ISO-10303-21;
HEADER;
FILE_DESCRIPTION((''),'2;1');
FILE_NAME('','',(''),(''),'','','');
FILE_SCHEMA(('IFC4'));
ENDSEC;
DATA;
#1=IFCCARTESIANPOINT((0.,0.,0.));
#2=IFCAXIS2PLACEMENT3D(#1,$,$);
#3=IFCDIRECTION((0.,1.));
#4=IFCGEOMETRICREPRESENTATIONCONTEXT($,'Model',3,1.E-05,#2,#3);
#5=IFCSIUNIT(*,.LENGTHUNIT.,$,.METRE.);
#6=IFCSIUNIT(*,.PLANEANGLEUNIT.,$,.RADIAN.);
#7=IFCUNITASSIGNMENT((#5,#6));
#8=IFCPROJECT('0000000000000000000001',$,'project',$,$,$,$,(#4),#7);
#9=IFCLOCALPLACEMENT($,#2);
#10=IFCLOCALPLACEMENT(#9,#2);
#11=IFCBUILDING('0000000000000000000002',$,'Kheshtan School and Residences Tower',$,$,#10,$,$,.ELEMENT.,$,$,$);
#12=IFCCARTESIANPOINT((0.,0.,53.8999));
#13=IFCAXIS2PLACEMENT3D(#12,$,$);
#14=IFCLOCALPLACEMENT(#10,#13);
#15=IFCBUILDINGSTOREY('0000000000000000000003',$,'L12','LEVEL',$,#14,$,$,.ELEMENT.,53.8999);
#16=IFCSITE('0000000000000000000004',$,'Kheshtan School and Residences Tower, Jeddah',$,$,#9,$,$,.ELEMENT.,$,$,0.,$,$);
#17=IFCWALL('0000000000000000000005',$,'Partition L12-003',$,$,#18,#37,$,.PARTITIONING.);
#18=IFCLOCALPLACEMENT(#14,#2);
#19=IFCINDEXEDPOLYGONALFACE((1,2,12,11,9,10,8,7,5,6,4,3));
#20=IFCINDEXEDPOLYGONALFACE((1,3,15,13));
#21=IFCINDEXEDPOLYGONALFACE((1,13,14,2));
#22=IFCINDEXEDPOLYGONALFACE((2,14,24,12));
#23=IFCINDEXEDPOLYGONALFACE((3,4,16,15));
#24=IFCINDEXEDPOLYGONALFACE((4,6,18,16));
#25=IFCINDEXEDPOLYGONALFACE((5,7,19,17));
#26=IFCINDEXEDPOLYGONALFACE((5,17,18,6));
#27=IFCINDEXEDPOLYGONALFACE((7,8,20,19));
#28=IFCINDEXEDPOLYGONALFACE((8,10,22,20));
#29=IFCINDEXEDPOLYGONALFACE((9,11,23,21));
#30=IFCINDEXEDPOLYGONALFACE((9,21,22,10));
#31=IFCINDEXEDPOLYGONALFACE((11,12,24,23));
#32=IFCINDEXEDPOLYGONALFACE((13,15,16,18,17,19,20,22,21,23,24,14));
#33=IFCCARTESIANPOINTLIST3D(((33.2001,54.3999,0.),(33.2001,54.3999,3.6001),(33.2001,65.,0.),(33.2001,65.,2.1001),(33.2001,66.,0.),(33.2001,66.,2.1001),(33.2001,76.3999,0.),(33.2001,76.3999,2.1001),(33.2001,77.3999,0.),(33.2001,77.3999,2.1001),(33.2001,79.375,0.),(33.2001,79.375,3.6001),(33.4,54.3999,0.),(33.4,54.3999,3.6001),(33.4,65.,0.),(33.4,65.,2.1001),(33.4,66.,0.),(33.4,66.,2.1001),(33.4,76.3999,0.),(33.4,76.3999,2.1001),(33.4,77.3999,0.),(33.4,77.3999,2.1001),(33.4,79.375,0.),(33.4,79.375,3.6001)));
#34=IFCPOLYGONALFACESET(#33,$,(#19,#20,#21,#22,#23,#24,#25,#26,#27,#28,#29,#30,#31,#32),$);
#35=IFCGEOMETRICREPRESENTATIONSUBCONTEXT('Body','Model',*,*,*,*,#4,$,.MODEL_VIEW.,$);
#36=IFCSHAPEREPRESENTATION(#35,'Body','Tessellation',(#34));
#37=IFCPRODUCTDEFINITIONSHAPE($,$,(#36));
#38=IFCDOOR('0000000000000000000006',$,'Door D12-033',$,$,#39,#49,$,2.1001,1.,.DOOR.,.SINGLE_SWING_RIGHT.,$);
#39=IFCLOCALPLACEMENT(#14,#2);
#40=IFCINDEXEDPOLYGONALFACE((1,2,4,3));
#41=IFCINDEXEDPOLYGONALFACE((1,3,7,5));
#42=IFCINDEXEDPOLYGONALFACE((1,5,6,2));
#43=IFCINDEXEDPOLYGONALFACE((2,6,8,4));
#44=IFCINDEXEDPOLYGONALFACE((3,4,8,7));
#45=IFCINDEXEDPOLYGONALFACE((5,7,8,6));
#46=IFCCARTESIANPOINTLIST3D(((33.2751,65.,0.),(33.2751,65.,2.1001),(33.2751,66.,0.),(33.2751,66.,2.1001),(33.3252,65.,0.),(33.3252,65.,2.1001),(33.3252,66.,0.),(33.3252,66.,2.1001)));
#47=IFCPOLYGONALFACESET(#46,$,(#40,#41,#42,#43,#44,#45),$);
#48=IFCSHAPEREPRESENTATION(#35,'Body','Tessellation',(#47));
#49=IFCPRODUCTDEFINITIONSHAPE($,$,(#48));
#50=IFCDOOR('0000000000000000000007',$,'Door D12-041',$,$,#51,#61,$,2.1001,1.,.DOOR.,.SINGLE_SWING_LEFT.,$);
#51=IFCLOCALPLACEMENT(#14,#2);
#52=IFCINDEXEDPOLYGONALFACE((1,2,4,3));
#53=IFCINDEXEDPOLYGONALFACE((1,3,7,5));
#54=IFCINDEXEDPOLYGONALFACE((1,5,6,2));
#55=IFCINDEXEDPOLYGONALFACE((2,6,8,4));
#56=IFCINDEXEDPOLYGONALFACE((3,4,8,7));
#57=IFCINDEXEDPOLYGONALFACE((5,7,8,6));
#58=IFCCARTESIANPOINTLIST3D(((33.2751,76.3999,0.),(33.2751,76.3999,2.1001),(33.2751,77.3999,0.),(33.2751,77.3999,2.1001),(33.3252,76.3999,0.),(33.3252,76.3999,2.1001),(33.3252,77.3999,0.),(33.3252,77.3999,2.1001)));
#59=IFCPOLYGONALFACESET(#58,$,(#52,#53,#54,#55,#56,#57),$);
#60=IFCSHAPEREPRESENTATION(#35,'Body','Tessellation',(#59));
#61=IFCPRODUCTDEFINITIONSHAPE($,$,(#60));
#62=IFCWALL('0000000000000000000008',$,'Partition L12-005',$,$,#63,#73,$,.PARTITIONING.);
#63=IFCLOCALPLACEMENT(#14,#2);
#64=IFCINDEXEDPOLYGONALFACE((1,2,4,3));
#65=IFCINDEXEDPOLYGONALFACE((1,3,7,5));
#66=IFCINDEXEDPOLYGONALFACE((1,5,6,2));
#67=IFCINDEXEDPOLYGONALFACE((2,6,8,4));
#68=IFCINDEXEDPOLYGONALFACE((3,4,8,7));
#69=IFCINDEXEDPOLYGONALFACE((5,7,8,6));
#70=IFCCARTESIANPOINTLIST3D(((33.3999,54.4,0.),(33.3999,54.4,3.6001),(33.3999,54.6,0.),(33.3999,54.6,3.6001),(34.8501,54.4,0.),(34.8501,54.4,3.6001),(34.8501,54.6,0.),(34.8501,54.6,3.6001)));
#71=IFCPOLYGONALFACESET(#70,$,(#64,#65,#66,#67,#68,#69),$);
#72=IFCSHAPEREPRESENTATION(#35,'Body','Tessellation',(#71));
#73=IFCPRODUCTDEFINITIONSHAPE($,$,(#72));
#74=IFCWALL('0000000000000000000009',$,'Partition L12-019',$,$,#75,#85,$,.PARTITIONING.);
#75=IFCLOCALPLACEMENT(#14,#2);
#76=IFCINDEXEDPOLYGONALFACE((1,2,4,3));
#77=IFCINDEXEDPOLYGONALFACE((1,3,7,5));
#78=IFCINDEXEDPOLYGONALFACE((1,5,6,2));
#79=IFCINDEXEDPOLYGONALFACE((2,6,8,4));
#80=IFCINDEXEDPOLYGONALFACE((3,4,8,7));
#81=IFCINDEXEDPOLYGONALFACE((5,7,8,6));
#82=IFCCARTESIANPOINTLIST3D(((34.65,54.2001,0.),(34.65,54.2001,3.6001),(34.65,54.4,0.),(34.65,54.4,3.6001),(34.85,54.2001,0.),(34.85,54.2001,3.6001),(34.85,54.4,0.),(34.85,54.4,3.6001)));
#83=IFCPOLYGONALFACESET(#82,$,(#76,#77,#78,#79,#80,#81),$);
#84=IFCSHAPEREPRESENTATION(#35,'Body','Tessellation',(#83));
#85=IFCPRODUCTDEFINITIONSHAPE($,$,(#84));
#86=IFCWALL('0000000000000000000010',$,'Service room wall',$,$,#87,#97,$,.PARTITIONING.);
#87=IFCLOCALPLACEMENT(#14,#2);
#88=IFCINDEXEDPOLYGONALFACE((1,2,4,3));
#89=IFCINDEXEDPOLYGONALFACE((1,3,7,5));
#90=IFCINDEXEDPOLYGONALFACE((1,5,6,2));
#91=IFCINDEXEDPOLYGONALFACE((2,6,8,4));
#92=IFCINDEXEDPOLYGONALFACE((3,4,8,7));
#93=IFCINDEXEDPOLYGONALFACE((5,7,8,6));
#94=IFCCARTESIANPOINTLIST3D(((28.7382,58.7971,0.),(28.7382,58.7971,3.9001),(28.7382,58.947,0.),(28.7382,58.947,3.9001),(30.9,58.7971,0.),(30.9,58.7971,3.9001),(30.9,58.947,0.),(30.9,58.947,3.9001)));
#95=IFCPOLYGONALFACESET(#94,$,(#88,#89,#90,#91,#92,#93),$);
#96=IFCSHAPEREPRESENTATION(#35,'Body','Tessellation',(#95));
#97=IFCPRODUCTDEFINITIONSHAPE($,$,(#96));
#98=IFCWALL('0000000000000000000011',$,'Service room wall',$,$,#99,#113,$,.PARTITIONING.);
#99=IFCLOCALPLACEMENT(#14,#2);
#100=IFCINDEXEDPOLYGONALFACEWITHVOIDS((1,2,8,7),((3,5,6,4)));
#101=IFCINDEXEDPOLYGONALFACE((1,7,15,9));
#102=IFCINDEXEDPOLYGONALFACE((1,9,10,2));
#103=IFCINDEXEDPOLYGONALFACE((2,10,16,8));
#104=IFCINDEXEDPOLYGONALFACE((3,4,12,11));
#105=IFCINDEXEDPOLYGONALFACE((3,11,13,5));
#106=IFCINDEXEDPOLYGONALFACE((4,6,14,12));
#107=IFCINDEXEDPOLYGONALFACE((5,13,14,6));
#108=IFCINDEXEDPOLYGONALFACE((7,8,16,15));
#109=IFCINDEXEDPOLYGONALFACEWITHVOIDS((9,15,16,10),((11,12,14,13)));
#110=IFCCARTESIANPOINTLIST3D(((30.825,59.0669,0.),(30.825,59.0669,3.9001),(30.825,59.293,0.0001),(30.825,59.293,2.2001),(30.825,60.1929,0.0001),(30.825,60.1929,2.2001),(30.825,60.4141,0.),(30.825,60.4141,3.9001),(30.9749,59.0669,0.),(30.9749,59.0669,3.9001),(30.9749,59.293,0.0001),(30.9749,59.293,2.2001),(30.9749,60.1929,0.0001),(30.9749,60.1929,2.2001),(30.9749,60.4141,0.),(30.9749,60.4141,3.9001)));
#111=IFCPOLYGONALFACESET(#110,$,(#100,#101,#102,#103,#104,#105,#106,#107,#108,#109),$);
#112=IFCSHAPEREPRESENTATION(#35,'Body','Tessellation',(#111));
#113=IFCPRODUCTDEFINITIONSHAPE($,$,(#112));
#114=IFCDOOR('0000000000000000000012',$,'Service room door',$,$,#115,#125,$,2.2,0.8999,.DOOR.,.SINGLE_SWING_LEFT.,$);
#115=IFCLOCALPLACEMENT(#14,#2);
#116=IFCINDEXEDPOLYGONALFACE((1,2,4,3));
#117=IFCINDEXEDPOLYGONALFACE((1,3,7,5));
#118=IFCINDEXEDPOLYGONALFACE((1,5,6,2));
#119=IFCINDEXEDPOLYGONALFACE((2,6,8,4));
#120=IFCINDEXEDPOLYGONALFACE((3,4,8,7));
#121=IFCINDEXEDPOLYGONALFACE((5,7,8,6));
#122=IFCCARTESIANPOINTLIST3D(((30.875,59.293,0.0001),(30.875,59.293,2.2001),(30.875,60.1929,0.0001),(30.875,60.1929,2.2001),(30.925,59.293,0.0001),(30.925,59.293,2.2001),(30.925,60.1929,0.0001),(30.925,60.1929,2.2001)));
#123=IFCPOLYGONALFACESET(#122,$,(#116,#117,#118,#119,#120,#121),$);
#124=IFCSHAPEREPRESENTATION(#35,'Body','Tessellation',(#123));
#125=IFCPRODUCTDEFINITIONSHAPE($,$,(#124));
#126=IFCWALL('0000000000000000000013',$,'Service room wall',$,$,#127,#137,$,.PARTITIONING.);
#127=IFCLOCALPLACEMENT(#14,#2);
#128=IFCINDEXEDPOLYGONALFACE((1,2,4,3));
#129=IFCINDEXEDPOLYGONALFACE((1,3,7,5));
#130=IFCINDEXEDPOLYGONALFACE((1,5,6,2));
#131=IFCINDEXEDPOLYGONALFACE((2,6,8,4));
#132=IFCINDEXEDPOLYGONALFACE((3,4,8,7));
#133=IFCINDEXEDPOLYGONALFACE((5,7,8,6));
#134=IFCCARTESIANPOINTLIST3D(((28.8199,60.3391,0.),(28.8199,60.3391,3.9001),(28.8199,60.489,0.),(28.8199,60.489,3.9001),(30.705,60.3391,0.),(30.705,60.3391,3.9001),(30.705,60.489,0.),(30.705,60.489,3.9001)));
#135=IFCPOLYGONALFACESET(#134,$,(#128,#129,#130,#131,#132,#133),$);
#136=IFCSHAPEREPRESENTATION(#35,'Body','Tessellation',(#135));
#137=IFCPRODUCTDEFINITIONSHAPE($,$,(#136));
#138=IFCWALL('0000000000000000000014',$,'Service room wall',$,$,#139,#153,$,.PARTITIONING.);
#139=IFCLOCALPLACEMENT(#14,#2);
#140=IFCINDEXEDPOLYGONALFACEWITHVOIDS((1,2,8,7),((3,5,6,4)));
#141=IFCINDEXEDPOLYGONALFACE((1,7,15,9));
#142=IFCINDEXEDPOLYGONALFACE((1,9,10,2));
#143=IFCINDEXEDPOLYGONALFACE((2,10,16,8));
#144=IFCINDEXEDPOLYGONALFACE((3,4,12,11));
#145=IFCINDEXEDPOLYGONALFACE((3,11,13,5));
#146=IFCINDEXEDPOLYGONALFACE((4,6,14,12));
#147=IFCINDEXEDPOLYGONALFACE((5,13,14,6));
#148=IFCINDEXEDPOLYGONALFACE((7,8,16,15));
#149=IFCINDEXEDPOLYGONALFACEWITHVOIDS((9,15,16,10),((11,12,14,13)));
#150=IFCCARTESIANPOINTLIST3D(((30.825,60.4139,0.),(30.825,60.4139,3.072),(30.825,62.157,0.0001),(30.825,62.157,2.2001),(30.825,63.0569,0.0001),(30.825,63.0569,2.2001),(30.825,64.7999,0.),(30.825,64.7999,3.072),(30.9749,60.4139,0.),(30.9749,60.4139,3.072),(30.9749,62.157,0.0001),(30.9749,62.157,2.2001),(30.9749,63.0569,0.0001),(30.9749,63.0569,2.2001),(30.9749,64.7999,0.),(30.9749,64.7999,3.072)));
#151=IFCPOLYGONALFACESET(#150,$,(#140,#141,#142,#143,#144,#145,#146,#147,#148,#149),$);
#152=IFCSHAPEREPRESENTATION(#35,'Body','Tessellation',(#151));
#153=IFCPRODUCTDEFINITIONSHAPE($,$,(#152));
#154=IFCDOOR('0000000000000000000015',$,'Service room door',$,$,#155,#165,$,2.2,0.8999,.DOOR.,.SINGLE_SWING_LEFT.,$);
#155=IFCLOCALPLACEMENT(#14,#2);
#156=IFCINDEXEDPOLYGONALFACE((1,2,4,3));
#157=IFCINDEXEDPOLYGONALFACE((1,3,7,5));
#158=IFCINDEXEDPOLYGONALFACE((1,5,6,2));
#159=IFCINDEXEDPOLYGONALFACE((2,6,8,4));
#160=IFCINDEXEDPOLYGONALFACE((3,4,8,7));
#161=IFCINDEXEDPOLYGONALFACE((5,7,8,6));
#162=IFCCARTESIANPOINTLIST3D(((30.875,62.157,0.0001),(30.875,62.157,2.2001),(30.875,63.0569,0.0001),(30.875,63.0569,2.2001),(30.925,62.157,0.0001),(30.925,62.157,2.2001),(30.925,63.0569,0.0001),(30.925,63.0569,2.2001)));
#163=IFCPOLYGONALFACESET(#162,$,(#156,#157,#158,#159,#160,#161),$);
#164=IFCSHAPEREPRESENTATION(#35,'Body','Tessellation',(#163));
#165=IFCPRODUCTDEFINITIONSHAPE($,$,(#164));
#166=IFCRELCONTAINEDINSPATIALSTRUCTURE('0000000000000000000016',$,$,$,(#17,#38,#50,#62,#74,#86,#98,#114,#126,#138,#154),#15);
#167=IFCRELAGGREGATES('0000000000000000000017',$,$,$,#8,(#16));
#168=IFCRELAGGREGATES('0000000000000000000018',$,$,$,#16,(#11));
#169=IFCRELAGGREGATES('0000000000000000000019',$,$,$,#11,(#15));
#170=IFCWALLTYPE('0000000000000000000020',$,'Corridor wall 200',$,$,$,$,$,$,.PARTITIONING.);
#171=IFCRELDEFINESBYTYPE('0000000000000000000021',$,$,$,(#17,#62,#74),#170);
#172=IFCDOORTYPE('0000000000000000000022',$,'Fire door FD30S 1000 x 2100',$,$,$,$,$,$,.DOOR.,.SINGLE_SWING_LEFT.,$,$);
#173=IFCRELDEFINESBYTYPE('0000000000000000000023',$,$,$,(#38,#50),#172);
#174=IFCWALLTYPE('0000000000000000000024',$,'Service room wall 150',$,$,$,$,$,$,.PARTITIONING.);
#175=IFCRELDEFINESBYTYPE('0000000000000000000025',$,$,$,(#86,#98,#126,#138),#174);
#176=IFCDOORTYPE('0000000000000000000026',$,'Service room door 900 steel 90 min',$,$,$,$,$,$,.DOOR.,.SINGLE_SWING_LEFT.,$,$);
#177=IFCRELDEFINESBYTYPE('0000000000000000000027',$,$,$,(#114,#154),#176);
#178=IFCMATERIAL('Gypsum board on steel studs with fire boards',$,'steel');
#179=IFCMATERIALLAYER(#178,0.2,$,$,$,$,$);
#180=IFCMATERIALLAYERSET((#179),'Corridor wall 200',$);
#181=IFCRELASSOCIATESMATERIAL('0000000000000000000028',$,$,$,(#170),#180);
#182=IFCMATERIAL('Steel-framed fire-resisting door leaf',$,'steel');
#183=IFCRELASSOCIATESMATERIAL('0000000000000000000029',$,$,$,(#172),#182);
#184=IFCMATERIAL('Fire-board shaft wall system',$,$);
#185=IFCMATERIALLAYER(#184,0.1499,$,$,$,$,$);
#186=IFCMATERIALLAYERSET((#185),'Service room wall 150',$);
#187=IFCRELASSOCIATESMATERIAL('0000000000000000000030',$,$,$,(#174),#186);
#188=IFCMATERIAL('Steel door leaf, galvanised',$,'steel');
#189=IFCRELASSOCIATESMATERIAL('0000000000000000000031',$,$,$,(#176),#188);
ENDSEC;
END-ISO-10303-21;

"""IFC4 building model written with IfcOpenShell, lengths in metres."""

from ifc_helpers import new_model, si_unit, direction, frame, frame_2d, origin, place, context, subcontext, project, spatial, rectangle, extrude, source, transform, mapped, material, layer, layer_set, type_object, element, fill, save


model = new_model("IFC4")

# Units and contexts
model_context = context("Model", 3, precision=1e-05, world=origin(), true_north=direction((0.0, 1.0)))
body_context = subcontext(model_context, "Body", "Model", "MODEL_VIEW")
ifc_project = project(units=[si_unit("LENGTHUNIT", "METRE"), si_unit("PLANEANGLEUNIT", "RADIAN")], contexts=[model_context])

# Site, building, storey
site_placement = place(None, origin())
site = spatial("IfcSite", under=ifc_project, at=site_placement, Name="Kheshtan School and Residences Tower, Jeddah", CompositionType="ELEMENT", RefElevation=0.0)
building_placement = place(site_placement, origin())
building = spatial("IfcBuilding", under=site, at=building_placement, Name="Kheshtan School and Residences Tower", CompositionType="ELEMENT")
storey_placement = place(building_placement, frame((0.0, 0.0, 53.8999)))
storey = spatial("IfcBuildingStorey", under=building, at=storey_placement, Name="L12", Description="LEVEL", CompositionType="ELEMENT", Elevation=53.8999)

# Wall, openings, doors
ifc_material_1 = material(Name="Gypsum board on steel studs with fire boards", Category="steel")
ifc_layer_1 = layer(ifc_material_1, 0.2)
ifc_layer_set_1 = layer_set([ifc_layer_1], Name="Corridor wall 200")
wall_type_1 = type_object("IfcWallType", Name="Corridor wall 200", PredefinedType="PARTITIONING", material=ifc_layer_set_1)
wall_1_placement = place(storey_placement, frame((33.3, 54.3999, 0.0), z_axis=(0.0, 0.0, 1.0), x_axis=(0.0, 1.0, 0.0)))
wall_1 = element("IfcWall", 1, at=wall_1_placement, inside=storey, type_object=wall_type_1, Name="Partition L12-003", PredefinedType="PARTITIONING", context=body_context, shape_type="SweptSolid", body=[
    extrude(rectangle(XDim=24.9751, YDim=0.2, at=frame_2d((12.4875, 0.0))), origin(), (0.0, 0.0, 1.0), 3.6001),
])
opening_1_placement = place(wall_1_placement, frame((10.6001, 0.0, 0.0)))
opening_1 = element("IfcOpeningElement", 2, at=opening_1_placement, cuts=wall_1, PredefinedType="OPENING", context=body_context, shape_type="SweptSolid", body=[
    extrude(rectangle(XDim=1.0, YDim=2.1001, at=frame_2d((0.5, 1.05))), frame((0.0, 0.1099, 0.0), z_axis=(0.0, -1.0, 0.0), x_axis=(1.0, 0.0, 0.0)), (0.0, 0.0, 1.0), 0.22),
])
opening_2_placement = place(wall_1_placement, frame((22.0, 0.0, 0.0)))
opening_2 = element("IfcOpeningElement", 3, at=opening_2_placement, cuts=wall_1, PredefinedType="OPENING", context=body_context, shape_type="SweptSolid", body=[
    extrude(rectangle(XDim=1.0, YDim=2.1001, at=frame_2d((0.5, 1.05))), frame((0.0, 0.1099, 0.0), z_axis=(0.0, -1.0, 0.0), x_axis=(1.0, 0.0, 0.0)), (0.0, 0.0, 1.0), 0.22),
])
ifc_material_2 = material(Name="Steel-framed fire-resisting door leaf", Category="steel")
door_type_1 = type_object("IfcDoorType", Name="Fire door FD30S 1000 x 2100", OperationType="SINGLE_SWING_LEFT", PredefinedType="DOOR", material=ifc_material_2)
shared_shape_1 = source(origin(), body_context, "Body", "SweptSolid", [
    extrude(rectangle(XDim=1.0, YDim=2.1001, at=frame_2d((0.5, 1.05))), frame((0.0, 0.0249, 0.0), z_axis=(0.0, -1.0, 0.0), x_axis=(1.0, 0.0, 0.0)), (0.0, 0.0, 1.0), 0.05),
])
door_1_placement = place(opening_1_placement, origin())
door_1 = element("IfcDoor", 4, at=door_1_placement, inside=storey, type_object=door_type_1, Name="Door D12-033", OperationType="SINGLE_SWING_RIGHT", OverallHeight=2.1001, OverallWidth=1.0, PredefinedType="DOOR", context=body_context, shape_type="MappedRepresentation", body=[
    mapped(shared_shape_1, transform((0.0, 0.0, 0.0), x_axis=(1.0, 0.0, 0.0), y_axis=(0.0, 1.0, 0.0), z_axis=(0.0, 0.0, 1.0), scale=1.0)),
])
fill(opening_1, door_1)
door_2_placement = place(opening_2_placement, origin())
door_2 = element("IfcDoor", 5, at=door_2_placement, inside=storey, type_object=door_type_1, Name="Door D12-041", OperationType="SINGLE_SWING_LEFT", OverallHeight=2.1001, OverallWidth=1.0, PredefinedType="DOOR", context=body_context, shape_type="MappedRepresentation", body=[
    mapped(shared_shape_1, transform((0.0, 0.0, 0.0), x_axis=(1.0, 0.0, 0.0), y_axis=(0.0, 1.0, 0.0), z_axis=(0.0, 0.0, 1.0), scale=1.0)),
])
fill(opening_2, door_2)

# Walls
wall_2_placement = place(storey_placement, frame((33.3999, 54.5, 0.0), z_axis=(0.0, 0.0, 1.0), x_axis=(1.0, 0.0, 0.0)))
element("IfcWall", 6, at=wall_2_placement, inside=storey, type_object=wall_type_1, Name="Partition L12-005", PredefinedType="PARTITIONING", context=body_context, shape_type="SweptSolid", body=[
    extrude(rectangle(XDim=1.4502, YDim=0.2, at=frame_2d((0.7251, 0.0))), origin(), (0.0, 0.0, 1.0), 3.6001),
])
wall_3_placement = place(storey_placement, frame((34.75, 54.2, 0.0), z_axis=(0.0, 0.0, 1.0), x_axis=(0.0, 1.0, 0.0)))
element("IfcWall", 7, at=wall_3_placement, inside=storey, type_object=wall_type_1, Name="Partition L12-019", PredefinedType="PARTITIONING", context=body_context, shape_type="SweptSolid", body=[
    extrude(rectangle(XDim=0.2, YDim=0.2, at=frame_2d((0.1001, 0.0))), origin(), (0.0, 0.0, 1.0), 3.6001),
])
ifc_material_3 = material(Name="Fire-board shaft wall system")
ifc_layer_2 = layer(ifc_material_3, 0.1499)
ifc_layer_set_2 = layer_set([ifc_layer_2], Name="Service room wall 150")
wall_type_2 = type_object("IfcWallType", Name="Service room wall 150", PredefinedType="PARTITIONING", material=ifc_layer_set_2)
wall_4_placement = place(storey_placement, frame((28.738, 58.8721, 0.0), z_axis=(0.0, 0.0, 1.0), x_axis=(1.0, 0.0, 0.0)))
element("IfcWall", 8, at=wall_4_placement, inside=storey, type_object=wall_type_2, Name="Service room wall", PredefinedType="PARTITIONING", context=body_context, shape_type="SweptSolid", body=[
    extrude(rectangle(XDim=2.1619, YDim=0.1499, at=frame_2d((1.0811, 0.0))), origin(), (0.0, 0.0, 1.0), 3.9001),
])

# Wall, opening, door
wall_5_placement = place(storey_placement, frame((30.8999, 59.0669, 0.0), z_axis=(0.0, 0.0, 1.0), x_axis=(0.0, 1.0, 0.0)))
wall_5 = element("IfcWall", 9, at=wall_5_placement, inside=storey, type_object=wall_type_2, Name="Service room wall", PredefinedType="PARTITIONING", context=body_context, shape_type="SweptSolid", body=[
    extrude(rectangle(XDim=1.3472, YDim=0.1499, at=frame_2d((0.6736, 0.0))), origin(), (0.0, 0.0, 1.0), 3.9001),
])
opening_3_placement = place(wall_5_placement, frame((0.2261, 0.0, 0.0)))
opening_3 = element("IfcOpeningElement", 10, at=opening_3_placement, cuts=wall_5, PredefinedType="OPENING", context=body_context, shape_type="SweptSolid", body=[
    extrude(rectangle(XDim=0.8999, YDim=2.2, at=frame_2d((0.45, 1.1001))), frame((0.0, 0.085, 0.0), z_axis=(0.0, -1.0, 0.0), x_axis=(1.0, 0.0, 0.0)), (0.0, 0.0, 1.0), 0.1699),
])
ifc_material_4 = material(Name="Steel door leaf, galvanised", Category="steel")
door_type_2 = type_object("IfcDoorType", Name="Service room door 900 steel 90 min", OperationType="SINGLE_SWING_LEFT", PredefinedType="DOOR", material=ifc_material_4)
shared_shape_2 = source(origin(), body_context, "Body", "SweptSolid", [
    extrude(rectangle(XDim=0.8999, YDim=2.2, at=frame_2d((0.45, 1.1001))), frame((0.0, 0.0249, 0.0), z_axis=(0.0, -1.0, 0.0), x_axis=(1.0, 0.0, 0.0)), (0.0, 0.0, 1.0), 0.05),
])
door_3_placement = place(opening_3_placement, origin())
door_3 = element("IfcDoor", 11, at=door_3_placement, inside=storey, type_object=door_type_2, Name="Service room door", OperationType="SINGLE_SWING_LEFT", OverallHeight=2.2, OverallWidth=0.8999, PredefinedType="DOOR", context=body_context, shape_type="MappedRepresentation", body=[
    mapped(shared_shape_2, transform((0.0, 0.0, 0.0), x_axis=(1.0, 0.0, 0.0), y_axis=(0.0, 1.0, 0.0), z_axis=(0.0, 0.0, 1.0), scale=1.0)),
])
fill(opening_3, door_3)

# Wall
wall_6_placement = place(storey_placement, frame((28.8201, 60.4141, 0.0), z_axis=(0.0, 0.0, 1.0), x_axis=(1.0, 0.0, 0.0)))
element("IfcWall", 12, at=wall_6_placement, inside=storey, type_object=wall_type_2, Name="Service room wall", PredefinedType="PARTITIONING", context=body_context, shape_type="SweptSolid", body=[
    extrude(rectangle(XDim=1.885, YDim=0.1499, at=frame_2d((0.9424, 0.0))), origin(), (0.0, 0.0, 1.0), 3.9001),
])

# Wall, opening, door
wall_7_placement = place(storey_placement, frame((30.8999, 60.4141, 0.0), z_axis=(0.0, 0.0, 1.0), x_axis=(0.0, 1.0, 0.0)))
wall_7 = element("IfcWall", 13, at=wall_7_placement, inside=storey, type_object=wall_type_2, Name="Service room wall", PredefinedType="PARTITIONING", context=body_context, shape_type="SweptSolid", body=[
    extrude(rectangle(XDim=4.386, YDim=0.1499, at=frame_2d((2.1929, 0.0))), origin(), (0.0, 0.0, 1.0), 3.072),
])
opening_4_placement = place(wall_7_placement, frame((1.7429, 0.0, 0.0)))
opening_4 = element("IfcOpeningElement", 14, at=opening_4_placement, cuts=wall_7, PredefinedType="OPENING", context=body_context, shape_type="SweptSolid", body=[
    extrude(rectangle(XDim=0.8999, YDim=2.2, at=frame_2d((0.45, 1.1001))), frame((0.0, 0.085, 0.0), z_axis=(0.0, -1.0, 0.0), x_axis=(1.0, 0.0, 0.0)), (0.0, 0.0, 1.0), 0.1699),
])
door_4_placement = place(opening_4_placement, origin())
door_4 = element("IfcDoor", 15, at=door_4_placement, inside=storey, type_object=door_type_2, Name="Service room door", OperationType="SINGLE_SWING_LEFT", OverallHeight=2.2, OverallWidth=0.8999, PredefinedType="DOOR", context=body_context, shape_type="MappedRepresentation", body=[
    mapped(shared_shape_2, transform((0.0, 0.0, 0.0), x_axis=(1.0, 0.0, 0.0), y_axis=(0.0, 1.0, 0.0), z_axis=(0.0, 0.0, 1.0), scale=1.0)),
])
fill(opening_4, door_4)

save(model, "model.ifc")
